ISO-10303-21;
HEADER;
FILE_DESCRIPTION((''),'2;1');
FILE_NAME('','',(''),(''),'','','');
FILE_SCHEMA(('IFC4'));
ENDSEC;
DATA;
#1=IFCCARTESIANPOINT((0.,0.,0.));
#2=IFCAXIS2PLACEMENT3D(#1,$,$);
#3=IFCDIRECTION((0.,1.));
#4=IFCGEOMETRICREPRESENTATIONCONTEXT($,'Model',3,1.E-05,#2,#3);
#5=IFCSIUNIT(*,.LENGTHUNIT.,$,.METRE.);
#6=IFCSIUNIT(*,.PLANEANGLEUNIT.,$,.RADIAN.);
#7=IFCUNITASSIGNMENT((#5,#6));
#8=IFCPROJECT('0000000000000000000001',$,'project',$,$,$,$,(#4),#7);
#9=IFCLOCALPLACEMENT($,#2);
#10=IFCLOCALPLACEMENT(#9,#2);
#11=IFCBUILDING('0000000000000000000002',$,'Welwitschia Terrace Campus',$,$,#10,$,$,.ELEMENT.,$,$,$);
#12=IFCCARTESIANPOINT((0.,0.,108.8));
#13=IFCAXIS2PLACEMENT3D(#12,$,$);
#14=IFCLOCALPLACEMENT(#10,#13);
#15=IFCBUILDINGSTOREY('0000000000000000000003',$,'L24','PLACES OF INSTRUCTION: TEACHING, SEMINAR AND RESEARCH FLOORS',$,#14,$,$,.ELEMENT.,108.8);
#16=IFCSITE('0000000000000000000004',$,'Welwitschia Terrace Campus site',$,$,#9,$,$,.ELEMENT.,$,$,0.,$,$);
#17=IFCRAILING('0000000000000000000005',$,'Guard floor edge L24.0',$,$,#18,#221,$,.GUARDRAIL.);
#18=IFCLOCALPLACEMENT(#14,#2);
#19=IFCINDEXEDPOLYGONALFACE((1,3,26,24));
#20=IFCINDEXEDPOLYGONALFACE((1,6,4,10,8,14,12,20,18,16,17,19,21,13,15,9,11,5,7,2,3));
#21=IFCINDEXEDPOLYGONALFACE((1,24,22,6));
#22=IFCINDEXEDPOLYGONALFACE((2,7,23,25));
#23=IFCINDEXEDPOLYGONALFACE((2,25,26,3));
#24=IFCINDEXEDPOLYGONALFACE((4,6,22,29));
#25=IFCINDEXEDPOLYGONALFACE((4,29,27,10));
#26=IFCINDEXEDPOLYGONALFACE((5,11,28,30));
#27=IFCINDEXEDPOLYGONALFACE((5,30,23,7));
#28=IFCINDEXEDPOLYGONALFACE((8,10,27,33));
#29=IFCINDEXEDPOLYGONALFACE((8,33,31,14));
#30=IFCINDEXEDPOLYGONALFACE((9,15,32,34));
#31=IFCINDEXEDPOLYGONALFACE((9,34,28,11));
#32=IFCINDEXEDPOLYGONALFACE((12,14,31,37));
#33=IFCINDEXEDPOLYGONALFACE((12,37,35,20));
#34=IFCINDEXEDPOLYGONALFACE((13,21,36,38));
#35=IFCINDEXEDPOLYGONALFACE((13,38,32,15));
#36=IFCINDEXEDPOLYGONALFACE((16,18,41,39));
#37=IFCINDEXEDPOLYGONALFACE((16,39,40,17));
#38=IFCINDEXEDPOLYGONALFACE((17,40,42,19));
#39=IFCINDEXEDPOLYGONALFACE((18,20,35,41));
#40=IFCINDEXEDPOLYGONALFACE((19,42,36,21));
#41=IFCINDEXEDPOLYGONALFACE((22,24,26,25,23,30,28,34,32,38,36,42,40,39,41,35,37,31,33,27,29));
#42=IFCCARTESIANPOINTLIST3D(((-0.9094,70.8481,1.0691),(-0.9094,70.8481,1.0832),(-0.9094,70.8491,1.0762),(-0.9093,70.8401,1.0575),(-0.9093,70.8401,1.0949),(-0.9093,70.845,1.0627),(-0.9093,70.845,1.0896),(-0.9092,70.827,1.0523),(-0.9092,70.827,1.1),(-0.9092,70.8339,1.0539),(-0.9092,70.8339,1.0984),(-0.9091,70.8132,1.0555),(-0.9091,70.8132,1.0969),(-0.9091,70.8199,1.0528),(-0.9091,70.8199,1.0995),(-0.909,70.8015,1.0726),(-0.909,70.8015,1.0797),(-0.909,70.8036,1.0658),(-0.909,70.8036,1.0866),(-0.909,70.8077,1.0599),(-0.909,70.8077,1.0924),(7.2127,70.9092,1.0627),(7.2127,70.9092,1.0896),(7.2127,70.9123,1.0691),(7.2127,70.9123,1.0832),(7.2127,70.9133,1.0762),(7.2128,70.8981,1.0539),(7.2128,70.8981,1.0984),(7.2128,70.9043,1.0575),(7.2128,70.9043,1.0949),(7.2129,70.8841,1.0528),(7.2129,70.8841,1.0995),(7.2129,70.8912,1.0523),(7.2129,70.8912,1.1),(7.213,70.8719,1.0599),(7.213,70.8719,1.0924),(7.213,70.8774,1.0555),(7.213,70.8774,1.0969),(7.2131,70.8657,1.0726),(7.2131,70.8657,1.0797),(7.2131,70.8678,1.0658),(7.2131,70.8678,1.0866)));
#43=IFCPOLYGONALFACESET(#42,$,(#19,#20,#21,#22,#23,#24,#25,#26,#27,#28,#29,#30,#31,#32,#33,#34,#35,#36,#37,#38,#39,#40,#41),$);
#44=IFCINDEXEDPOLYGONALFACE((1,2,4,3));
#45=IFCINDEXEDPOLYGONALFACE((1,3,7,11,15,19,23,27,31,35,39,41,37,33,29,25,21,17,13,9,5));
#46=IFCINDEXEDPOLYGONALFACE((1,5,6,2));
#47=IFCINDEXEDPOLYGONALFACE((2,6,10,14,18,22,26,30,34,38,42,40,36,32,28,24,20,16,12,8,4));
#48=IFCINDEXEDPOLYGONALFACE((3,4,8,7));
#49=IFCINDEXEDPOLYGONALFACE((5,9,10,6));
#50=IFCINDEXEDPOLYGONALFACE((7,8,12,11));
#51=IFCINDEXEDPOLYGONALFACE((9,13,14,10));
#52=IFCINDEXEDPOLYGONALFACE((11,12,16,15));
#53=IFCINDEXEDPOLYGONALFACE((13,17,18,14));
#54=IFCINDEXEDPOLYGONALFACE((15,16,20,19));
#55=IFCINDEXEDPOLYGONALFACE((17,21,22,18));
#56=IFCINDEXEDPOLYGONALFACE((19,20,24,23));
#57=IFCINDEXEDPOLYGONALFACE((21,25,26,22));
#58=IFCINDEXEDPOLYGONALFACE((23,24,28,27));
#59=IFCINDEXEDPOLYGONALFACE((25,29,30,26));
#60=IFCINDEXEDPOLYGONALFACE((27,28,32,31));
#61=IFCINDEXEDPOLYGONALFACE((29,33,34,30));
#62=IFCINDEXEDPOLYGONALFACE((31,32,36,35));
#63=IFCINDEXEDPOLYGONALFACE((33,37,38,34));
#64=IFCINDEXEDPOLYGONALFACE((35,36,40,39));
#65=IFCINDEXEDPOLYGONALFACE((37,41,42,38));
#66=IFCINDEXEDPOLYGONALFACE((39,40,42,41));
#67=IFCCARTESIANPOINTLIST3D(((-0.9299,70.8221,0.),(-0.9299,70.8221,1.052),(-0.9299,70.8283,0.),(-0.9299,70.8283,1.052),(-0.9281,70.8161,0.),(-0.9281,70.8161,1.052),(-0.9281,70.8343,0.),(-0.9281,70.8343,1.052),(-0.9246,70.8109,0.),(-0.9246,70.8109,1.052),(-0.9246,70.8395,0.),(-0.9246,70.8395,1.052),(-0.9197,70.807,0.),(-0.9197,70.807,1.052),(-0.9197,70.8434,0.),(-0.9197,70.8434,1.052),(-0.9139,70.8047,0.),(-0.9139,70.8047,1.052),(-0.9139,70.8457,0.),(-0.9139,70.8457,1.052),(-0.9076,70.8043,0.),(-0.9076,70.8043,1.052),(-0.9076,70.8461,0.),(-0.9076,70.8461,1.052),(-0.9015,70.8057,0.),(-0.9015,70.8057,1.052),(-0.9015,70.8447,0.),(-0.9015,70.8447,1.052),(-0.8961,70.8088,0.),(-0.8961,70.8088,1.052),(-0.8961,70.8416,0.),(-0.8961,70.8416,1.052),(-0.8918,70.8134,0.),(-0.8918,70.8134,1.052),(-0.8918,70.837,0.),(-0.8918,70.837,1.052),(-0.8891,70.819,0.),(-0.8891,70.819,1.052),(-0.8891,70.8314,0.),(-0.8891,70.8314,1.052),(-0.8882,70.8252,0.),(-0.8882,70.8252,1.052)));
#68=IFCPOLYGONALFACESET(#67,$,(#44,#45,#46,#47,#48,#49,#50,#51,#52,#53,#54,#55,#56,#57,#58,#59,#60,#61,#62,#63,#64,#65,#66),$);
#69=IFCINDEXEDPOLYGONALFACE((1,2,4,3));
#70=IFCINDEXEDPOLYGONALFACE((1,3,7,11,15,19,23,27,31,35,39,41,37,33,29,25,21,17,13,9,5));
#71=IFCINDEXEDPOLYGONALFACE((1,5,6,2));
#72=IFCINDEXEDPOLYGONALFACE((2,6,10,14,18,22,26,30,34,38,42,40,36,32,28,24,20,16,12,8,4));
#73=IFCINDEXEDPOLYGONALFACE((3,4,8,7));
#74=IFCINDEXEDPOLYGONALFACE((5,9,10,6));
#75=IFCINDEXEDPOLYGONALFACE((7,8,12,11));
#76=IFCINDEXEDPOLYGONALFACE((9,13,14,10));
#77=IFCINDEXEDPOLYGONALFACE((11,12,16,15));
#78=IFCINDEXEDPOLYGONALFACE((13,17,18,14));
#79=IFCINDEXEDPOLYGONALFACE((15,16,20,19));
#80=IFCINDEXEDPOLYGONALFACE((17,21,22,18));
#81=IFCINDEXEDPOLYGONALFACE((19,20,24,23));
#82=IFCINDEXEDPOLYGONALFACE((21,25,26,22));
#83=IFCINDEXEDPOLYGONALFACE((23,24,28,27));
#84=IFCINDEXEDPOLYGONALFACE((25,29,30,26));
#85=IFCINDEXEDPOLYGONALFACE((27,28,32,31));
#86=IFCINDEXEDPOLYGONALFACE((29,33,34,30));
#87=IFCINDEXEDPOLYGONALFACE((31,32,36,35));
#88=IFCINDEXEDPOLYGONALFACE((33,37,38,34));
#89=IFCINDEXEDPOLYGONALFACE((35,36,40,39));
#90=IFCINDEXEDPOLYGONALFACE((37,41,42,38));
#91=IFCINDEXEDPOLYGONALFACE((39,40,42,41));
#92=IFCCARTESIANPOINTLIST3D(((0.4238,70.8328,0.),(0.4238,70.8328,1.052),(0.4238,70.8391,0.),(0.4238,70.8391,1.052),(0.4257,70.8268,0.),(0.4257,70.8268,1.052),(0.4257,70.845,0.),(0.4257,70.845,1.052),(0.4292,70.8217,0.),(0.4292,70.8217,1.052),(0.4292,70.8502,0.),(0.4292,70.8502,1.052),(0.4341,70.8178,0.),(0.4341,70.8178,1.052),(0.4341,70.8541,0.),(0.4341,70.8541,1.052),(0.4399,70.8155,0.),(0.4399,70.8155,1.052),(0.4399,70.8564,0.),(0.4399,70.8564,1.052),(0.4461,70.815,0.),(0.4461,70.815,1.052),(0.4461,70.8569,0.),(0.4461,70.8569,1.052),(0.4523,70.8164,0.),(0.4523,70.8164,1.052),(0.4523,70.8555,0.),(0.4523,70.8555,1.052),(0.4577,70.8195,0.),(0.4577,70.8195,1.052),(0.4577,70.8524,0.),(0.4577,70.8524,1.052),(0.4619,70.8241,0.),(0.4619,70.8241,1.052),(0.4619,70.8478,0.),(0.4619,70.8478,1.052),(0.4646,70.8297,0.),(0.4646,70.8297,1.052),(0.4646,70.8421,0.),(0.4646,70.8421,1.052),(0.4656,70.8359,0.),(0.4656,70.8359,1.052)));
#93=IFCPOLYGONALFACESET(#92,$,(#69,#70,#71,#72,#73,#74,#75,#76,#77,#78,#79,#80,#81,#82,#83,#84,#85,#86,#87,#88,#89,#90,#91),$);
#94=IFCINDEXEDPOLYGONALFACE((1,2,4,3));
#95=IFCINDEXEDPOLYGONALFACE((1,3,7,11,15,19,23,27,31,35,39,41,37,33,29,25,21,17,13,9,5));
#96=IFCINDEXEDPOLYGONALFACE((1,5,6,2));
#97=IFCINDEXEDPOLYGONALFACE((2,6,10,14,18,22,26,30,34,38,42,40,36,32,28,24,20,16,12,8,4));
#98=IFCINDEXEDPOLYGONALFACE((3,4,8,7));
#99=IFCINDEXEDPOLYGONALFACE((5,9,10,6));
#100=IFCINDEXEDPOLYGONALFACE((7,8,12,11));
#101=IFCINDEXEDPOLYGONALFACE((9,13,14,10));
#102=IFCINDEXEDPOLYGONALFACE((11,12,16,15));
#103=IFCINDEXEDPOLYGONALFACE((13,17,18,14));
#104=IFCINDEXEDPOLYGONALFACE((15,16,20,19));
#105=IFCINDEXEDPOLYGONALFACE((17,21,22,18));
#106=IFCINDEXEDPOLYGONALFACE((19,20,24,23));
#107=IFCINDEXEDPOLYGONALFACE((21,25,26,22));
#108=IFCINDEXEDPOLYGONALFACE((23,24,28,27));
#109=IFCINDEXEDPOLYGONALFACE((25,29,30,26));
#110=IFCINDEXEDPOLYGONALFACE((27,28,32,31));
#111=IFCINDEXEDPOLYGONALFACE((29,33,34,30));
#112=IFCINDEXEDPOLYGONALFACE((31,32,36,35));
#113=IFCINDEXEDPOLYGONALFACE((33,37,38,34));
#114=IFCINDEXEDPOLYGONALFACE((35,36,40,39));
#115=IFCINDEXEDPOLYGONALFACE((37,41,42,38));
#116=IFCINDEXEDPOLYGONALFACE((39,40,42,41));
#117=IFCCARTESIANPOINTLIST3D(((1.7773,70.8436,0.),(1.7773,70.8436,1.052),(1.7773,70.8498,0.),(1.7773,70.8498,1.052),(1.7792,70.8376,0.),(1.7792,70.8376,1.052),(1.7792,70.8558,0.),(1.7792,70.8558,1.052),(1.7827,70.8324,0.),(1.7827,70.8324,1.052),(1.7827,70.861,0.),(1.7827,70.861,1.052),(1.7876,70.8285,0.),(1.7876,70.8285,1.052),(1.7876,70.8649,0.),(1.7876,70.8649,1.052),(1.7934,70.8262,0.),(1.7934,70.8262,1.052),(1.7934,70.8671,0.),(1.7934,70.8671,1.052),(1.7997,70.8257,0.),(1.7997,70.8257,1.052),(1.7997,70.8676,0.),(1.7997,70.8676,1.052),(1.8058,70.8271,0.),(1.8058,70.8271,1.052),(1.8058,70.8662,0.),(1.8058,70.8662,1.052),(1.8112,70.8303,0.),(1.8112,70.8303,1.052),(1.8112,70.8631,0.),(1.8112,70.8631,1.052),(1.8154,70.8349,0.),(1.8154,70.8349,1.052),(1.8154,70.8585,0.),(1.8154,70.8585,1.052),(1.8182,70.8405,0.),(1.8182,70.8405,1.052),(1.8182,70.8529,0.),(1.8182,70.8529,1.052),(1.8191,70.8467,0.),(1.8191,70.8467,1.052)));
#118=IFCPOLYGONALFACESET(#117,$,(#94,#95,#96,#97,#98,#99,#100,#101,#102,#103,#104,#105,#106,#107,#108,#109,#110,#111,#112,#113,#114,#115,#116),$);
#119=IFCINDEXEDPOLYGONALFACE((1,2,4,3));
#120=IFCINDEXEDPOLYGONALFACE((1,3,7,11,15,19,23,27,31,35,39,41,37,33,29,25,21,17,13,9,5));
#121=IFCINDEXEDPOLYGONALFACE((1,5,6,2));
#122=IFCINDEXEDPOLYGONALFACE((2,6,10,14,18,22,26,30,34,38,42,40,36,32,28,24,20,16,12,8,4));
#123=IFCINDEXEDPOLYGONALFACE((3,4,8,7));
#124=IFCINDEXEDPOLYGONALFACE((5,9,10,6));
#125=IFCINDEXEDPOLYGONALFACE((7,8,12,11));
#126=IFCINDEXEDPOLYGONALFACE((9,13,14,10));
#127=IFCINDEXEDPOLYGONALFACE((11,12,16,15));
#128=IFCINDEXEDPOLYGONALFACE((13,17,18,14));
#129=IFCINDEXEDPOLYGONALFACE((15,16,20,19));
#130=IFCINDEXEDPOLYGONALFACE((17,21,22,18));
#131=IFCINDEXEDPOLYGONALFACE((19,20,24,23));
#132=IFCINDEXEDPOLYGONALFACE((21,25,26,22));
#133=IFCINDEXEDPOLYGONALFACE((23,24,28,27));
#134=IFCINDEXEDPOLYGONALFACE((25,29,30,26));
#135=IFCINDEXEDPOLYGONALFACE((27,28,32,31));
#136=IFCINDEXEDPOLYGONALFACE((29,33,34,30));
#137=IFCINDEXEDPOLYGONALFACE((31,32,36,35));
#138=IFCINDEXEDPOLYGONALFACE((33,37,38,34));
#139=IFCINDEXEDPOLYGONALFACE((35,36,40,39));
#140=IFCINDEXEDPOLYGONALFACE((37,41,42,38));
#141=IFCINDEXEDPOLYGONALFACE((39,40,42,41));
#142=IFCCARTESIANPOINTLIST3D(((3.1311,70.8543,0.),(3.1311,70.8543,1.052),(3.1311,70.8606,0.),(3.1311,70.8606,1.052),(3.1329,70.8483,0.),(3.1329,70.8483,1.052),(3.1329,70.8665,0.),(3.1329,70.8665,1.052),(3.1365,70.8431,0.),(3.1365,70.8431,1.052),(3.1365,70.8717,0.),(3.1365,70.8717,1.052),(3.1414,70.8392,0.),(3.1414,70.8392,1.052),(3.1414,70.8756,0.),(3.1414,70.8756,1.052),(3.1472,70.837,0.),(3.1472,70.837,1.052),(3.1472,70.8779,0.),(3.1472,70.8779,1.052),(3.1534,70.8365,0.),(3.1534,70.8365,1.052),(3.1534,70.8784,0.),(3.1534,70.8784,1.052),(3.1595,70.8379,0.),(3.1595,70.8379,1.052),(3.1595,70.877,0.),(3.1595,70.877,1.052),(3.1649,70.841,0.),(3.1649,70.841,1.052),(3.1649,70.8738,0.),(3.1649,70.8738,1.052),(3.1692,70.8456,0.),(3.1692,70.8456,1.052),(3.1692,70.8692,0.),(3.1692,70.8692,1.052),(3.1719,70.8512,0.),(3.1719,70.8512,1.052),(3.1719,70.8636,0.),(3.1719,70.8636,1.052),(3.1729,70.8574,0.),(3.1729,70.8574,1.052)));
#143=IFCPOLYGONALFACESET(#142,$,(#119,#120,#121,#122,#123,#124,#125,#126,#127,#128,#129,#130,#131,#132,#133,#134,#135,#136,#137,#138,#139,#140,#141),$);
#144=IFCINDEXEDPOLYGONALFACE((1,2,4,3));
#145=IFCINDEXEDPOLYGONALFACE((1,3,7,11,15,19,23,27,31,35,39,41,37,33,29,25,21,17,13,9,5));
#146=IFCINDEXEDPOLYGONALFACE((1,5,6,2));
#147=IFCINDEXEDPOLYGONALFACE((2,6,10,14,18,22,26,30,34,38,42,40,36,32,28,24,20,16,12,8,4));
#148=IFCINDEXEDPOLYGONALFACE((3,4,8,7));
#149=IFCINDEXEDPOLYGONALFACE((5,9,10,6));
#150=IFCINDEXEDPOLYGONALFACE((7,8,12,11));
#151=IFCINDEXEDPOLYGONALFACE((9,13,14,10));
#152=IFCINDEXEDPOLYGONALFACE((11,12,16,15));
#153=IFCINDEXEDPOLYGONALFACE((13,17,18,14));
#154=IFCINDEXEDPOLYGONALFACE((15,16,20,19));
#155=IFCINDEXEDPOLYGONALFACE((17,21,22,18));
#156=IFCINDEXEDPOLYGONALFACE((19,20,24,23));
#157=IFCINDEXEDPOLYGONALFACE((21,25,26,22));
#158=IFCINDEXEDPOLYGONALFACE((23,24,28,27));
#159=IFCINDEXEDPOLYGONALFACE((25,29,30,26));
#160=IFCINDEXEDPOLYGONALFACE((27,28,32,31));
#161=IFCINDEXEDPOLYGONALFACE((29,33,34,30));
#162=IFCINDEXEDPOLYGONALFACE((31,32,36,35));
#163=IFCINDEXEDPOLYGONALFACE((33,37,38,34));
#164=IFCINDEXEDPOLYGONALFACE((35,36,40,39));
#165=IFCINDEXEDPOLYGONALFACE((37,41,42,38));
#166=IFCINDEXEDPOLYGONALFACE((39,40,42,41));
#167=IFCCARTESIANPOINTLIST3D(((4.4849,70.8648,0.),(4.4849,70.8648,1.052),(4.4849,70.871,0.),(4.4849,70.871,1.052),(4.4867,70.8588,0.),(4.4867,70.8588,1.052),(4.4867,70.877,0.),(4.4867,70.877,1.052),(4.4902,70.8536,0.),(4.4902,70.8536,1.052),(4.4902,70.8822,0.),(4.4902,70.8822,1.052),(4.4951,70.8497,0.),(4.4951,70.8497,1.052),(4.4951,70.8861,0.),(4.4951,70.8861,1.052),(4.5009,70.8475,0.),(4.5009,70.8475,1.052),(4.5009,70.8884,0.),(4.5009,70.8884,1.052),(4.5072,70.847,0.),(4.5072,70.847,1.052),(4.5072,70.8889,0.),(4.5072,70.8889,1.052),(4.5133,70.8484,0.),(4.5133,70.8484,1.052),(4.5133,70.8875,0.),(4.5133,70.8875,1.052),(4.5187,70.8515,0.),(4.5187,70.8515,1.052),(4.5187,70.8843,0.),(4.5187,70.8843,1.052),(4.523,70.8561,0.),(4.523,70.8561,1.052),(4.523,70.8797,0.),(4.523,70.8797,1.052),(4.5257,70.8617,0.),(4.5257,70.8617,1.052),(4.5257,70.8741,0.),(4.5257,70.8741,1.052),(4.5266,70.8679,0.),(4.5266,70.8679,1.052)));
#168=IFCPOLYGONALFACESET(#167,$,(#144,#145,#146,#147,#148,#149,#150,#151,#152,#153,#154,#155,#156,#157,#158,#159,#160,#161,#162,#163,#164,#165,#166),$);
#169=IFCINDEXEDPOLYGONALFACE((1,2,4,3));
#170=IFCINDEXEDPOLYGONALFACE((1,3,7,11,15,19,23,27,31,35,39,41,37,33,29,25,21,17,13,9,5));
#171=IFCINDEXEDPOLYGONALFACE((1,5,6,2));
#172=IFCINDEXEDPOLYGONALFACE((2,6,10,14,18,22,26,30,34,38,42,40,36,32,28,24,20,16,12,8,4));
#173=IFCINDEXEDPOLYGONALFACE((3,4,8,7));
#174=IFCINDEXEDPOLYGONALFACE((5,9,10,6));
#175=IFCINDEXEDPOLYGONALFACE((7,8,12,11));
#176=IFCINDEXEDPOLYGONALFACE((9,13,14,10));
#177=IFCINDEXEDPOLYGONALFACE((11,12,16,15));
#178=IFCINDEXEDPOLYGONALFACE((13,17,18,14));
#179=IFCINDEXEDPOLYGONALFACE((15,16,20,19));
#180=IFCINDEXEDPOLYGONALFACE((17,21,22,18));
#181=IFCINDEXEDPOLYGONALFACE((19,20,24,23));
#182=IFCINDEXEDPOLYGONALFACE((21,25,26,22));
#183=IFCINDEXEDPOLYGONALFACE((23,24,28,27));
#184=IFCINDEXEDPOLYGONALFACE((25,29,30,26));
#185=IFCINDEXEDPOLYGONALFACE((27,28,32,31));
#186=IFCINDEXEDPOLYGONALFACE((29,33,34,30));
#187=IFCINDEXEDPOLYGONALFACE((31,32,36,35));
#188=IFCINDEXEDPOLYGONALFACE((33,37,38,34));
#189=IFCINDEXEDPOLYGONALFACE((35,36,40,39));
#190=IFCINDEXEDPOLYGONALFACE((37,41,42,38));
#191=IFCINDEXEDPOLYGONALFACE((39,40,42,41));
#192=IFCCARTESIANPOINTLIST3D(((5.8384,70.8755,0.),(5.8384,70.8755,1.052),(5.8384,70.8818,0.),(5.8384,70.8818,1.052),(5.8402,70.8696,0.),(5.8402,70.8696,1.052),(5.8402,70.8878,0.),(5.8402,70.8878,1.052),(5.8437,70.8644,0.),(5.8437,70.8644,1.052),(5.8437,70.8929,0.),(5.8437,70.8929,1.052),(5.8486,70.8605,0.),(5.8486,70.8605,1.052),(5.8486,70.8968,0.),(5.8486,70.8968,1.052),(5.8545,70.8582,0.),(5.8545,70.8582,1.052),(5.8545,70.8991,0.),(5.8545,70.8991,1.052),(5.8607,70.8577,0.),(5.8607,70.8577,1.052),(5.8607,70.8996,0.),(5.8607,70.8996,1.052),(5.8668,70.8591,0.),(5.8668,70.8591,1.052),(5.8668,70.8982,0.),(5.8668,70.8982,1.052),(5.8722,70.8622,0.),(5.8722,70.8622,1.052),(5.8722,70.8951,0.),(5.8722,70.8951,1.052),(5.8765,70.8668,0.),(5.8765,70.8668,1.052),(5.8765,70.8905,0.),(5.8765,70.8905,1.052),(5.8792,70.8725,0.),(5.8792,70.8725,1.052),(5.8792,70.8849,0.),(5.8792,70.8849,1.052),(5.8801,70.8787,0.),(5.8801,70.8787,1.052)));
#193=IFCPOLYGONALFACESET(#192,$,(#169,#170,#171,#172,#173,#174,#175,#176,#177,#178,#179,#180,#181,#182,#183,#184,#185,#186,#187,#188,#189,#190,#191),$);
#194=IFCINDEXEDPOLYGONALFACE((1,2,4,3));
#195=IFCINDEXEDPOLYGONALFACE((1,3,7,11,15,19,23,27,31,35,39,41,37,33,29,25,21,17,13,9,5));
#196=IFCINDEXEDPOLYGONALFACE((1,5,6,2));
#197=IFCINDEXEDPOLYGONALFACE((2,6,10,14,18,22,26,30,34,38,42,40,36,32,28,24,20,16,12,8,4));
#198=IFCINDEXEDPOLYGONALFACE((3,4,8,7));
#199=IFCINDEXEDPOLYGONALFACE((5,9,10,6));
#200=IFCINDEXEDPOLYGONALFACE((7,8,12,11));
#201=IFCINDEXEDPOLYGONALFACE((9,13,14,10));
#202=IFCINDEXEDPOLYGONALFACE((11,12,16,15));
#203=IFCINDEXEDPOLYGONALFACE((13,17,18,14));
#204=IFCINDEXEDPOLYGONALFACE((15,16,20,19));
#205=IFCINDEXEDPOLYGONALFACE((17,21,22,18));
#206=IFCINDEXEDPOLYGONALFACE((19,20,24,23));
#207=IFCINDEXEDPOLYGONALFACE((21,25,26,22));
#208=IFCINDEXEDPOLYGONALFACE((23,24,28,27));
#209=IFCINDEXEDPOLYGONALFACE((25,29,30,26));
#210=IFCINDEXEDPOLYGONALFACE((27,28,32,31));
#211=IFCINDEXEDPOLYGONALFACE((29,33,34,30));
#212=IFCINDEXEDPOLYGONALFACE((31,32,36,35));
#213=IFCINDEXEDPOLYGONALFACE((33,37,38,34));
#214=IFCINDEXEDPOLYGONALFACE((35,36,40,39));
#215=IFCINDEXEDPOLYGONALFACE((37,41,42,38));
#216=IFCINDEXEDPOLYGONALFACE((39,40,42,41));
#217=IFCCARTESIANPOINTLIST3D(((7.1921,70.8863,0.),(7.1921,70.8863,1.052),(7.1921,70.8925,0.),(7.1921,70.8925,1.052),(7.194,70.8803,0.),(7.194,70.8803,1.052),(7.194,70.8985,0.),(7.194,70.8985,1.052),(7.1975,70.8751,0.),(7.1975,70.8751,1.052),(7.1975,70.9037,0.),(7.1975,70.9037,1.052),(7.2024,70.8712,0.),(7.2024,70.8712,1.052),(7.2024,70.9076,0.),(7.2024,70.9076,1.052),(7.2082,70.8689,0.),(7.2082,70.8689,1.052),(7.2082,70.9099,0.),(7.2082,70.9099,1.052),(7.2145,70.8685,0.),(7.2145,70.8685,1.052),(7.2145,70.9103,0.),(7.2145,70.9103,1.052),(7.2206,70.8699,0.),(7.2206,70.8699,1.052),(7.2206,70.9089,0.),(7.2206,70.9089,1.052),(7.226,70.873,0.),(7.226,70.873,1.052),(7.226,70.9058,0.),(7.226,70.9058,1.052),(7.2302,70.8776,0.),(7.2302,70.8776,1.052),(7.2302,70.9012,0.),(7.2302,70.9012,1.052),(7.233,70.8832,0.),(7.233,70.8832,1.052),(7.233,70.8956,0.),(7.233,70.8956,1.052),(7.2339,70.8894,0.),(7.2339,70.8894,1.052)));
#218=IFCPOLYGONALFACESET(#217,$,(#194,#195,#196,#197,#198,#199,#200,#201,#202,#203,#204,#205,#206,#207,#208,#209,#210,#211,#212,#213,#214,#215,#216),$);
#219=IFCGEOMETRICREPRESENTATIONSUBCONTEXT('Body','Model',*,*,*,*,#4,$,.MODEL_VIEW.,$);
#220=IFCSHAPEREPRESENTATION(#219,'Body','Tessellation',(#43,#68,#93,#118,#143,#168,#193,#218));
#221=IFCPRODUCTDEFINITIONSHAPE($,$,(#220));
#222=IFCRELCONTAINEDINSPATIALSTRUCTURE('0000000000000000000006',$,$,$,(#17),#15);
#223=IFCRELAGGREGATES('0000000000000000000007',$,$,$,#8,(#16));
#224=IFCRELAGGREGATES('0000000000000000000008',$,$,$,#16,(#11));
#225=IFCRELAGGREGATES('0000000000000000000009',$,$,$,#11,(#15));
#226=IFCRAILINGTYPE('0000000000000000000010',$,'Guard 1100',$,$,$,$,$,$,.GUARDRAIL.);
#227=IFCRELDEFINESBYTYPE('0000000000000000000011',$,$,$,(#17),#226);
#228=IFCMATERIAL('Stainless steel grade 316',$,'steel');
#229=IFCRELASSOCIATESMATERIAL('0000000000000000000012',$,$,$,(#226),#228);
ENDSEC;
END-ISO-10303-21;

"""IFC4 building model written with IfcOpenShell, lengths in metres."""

from ifc_helpers import new_model, si_unit, direction, frame, origin, origin_2d, place, context, subcontext, project, spatial, circle, extrude, material, type_object, element, save


model = new_model("IFC4")

# Units and contexts
model_context = context("Model", 3, precision=1e-05, world=origin(), true_north=direction((0.0, 1.0)))
body_context = subcontext(model_context, "Body", "Model", "MODEL_VIEW")
ifc_project = project(units=[si_unit("LENGTHUNIT", "METRE"), si_unit("PLANEANGLEUNIT", "RADIAN")], contexts=[model_context])

# Site, building, storey
site_placement = place(None, origin())
site = spatial("IfcSite", under=ifc_project, at=site_placement, Name="Welwitschia Terrace Campus site", CompositionType="ELEMENT", RefElevation=0.0)
building_placement = place(site_placement, origin())
building = spatial("IfcBuilding", under=site, at=building_placement, Name="Welwitschia Terrace Campus", CompositionType="ELEMENT")
storey_placement = place(building_placement, frame((0.0, 0.0, 108.8)))
storey = spatial("IfcBuildingStorey", under=building, at=storey_placement, Name="L24", Description="PLACES OF INSTRUCTION: TEACHING, SEMINAR AND RESEARCH FLOORS", CompositionType="ELEMENT", Elevation=108.8)

# Railing
ifc_material_1 = material(Name="Stainless steel grade 316", Category="steel")
railing_type = type_object("IfcRailingType", Name="Guard 1100", PredefinedType="GUARDRAIL", material=ifc_material_1)
railing_1_placement = place(storey_placement, frame((-0.9092, 70.8252, 0.0)))
element("IfcRailing", 1, at=railing_1_placement, inside=storey, type_object=railing_type, Name="Guard floor edge L24.0", PredefinedType="GUARDRAIL", context=body_context, shape_type="SweptSolid", body=[
    extrude(circle(Radius=0.0239, at=origin_2d()), frame((0.0, 0.0, 1.0762), z_axis=(0.999969, 0.007905, 0.0), x_axis=(-0.007905, 0.999969, 0.0)), (0.0, 0.0, 1.0), 8.1223),
    extrude(circle(Radius=0.021, at=origin_2d()), origin(), (0.0, 0.0, 1.0), 1.052),
    extrude(circle(Radius=0.021, at=origin_2d()), frame((1.3538, 0.0107, 0.0)), (0.0, 0.0, 1.0), 1.052),
    extrude(circle(Radius=0.021, at=origin_2d()), frame((2.7073, 0.0215, 0.0)), (0.0, 0.0, 1.0), 1.052),
    extrude(circle(Radius=0.021, at=origin_2d()), frame((4.061, 0.0322, 0.0)), (0.0, 0.0, 1.0), 1.052),
    extrude(circle(Radius=0.021, at=origin_2d()), frame((5.4148, 0.0427, 0.0)), (0.0, 0.0, 1.0), 1.052),
    extrude(circle(Radius=0.021, at=origin_2d()), frame((6.7683, 0.0535, 0.0)), (0.0, 0.0, 1.0), 1.052),
    extrude(circle(Radius=0.021, at=origin_2d()), frame((8.1221, 0.0642, 0.0)), (0.0, 0.0, 1.0), 1.052),
])

save(model, "model.ifc")
